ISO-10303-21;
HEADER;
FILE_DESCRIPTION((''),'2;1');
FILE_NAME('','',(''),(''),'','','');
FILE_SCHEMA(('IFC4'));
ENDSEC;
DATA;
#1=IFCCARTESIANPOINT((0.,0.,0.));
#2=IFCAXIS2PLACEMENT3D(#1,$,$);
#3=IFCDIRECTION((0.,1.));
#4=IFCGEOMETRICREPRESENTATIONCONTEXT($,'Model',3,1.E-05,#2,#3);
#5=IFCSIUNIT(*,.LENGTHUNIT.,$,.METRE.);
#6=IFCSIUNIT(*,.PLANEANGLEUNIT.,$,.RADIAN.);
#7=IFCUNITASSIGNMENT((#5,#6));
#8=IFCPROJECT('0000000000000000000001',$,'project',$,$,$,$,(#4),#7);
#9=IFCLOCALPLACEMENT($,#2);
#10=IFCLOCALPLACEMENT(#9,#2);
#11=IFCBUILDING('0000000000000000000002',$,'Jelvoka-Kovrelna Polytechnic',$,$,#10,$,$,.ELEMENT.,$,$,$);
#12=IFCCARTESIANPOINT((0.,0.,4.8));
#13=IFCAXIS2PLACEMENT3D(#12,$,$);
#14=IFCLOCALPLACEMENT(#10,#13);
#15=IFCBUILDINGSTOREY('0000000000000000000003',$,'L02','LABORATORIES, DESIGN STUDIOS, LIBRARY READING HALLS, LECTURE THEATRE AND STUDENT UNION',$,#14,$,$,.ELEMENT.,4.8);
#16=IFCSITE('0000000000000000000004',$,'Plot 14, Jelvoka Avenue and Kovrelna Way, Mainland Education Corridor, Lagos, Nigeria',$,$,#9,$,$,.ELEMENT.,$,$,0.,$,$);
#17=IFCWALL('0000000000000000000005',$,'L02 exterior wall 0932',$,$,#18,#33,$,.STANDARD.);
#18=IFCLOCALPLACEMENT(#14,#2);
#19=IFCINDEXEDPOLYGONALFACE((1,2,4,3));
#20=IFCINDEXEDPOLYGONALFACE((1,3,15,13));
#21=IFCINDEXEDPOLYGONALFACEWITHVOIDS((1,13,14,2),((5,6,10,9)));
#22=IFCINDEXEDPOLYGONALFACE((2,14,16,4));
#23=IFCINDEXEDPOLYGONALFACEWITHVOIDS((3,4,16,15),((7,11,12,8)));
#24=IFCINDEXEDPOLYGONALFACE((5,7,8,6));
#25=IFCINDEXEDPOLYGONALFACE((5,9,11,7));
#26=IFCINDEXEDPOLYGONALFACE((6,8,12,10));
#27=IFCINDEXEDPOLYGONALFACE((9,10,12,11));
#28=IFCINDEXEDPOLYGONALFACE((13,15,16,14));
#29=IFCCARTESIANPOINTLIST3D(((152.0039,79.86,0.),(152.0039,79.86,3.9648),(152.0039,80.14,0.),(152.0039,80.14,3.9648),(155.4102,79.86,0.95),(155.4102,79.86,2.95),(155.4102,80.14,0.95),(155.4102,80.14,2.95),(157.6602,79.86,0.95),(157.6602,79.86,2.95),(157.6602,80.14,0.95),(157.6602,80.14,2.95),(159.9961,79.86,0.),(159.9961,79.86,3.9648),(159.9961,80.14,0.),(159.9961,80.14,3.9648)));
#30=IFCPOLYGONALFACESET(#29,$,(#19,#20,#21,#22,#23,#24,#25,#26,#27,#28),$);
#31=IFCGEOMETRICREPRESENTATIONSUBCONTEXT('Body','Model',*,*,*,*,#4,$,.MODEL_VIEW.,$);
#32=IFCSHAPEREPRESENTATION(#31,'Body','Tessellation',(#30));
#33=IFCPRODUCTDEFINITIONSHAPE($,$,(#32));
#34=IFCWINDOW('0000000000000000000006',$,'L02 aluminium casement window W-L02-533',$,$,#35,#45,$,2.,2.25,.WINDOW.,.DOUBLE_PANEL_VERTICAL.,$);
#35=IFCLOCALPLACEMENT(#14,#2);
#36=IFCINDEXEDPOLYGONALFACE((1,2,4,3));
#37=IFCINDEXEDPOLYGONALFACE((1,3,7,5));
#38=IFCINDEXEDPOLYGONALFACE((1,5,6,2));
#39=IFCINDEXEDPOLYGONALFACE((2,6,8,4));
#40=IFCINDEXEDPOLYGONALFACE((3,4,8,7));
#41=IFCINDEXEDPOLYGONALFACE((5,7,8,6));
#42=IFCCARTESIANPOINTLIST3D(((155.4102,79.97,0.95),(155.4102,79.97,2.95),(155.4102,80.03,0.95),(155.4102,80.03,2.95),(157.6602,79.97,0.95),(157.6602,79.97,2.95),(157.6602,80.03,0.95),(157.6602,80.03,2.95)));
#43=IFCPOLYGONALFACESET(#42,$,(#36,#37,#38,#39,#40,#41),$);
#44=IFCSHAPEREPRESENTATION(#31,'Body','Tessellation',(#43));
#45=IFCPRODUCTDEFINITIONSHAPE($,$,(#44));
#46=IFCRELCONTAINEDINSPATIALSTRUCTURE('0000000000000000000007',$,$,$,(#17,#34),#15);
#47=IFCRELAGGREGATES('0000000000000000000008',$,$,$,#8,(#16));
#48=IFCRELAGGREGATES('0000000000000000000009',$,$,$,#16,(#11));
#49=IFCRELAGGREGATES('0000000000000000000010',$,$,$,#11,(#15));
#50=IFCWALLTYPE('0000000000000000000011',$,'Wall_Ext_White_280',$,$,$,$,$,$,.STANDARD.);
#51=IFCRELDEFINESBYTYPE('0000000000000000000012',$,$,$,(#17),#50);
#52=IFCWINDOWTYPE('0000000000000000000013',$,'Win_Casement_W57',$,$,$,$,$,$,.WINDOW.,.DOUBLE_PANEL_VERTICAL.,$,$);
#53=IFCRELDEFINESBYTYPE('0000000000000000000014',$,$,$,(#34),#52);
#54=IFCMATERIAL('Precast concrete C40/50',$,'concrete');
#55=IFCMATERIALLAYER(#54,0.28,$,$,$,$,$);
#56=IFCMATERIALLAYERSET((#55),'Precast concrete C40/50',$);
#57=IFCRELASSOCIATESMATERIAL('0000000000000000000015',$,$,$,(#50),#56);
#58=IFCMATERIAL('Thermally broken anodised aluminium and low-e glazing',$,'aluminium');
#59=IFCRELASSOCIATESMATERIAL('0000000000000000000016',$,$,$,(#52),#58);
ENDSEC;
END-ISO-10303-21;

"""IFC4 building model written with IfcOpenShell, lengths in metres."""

from ifc_helpers import new_model, si_unit, direction, frame, frame_2d, origin, place, context, subcontext, project, spatial, rectangle, extrude, material, layer, layer_set, type_object, element, fill, save


model = new_model("IFC4")

# Units and contexts
model_context = context("Model", 3, precision=1e-05, world=origin(), true_north=direction((0.0, 1.0)))
body_context = subcontext(model_context, "Body", "Model", "MODEL_VIEW")
ifc_project = project(units=[si_unit("LENGTHUNIT", "METRE"), si_unit("PLANEANGLEUNIT", "RADIAN")], contexts=[model_context])

# Site, building, storey
site_placement = place(None, origin())
site = spatial("IfcSite", under=ifc_project, at=site_placement, Name="Plot 14, Jelvoka Avenue and Kovrelna Way, Mainland Education Corridor, Lagos, Nigeria", CompositionType="ELEMENT", RefElevation=0.0)
building_placement = place(site_placement, origin())
building = spatial("IfcBuilding", under=site, at=building_placement, Name="Jelvoka-Kovrelna Polytechnic", CompositionType="ELEMENT")
storey_placement = place(building_placement, frame((0.0, 0.0, 4.8)))
storey = spatial("IfcBuildingStorey", under=building, at=storey_placement, Name="L02", Description="LABORATORIES, DESIGN STUDIOS, LIBRARY READING HALLS, LECTURE THEATRE AND STUDENT UNION", CompositionType="ELEMENT", Elevation=4.8)

# Wall, opening, window
ifc_material_1 = material(Name="Precast concrete C40/50", Category="concrete")
ifc_layer_1 = layer(ifc_material_1, 0.28)
ifc_layer_set_1 = layer_set([ifc_layer_1], Name="Precast concrete C40/50")
wall_type_1 = type_object("IfcWallType", Name="Wall_Ext_White_280", PredefinedType="STANDARD", material=ifc_layer_set_1)
ifc_material_2 = material(Name="Thermally broken anodised aluminium and low-e glazing", Category="aluminium")
window_type = type_object("IfcWindowType", Name="Win_Casement_W57", PartitioningType="DOUBLE_PANEL_VERTICAL", PredefinedType="WINDOW", material=ifc_material_2)
wall_1_placement = place(storey_placement, frame((159.9961, 80.0, 0.0), z_axis=(0.0, 0.0, 1.0), x_axis=(-1.0, 0.0, 0.0)))
wall_1 = element("IfcWall", 1, at=wall_1_placement, inside=storey, type_object=wall_type_1, Name="L02 exterior wall 0932", PredefinedType="STANDARD", context=body_context, shape_type="SweptSolid", body=[
    extrude(rectangle(XDim=7.9922, YDim=0.28, at=frame_2d((3.9961, 0.0))), origin(), (0.0, 0.0, 1.0), 3.9648),
])
opening_1_placement = place(wall_1_placement, frame((2.3359, 0.0, 0.95)))
opening_1 = element("IfcOpeningElement", 2, at=opening_1_placement, cuts=wall_1, PredefinedType="OPENING", context=body_context, shape_type="SweptSolid", body=[
    extrude(rectangle(XDim=2.25, YDim=2.0, at=frame_2d((1.125, 1.0))), frame((0.0, 0.1501, 0.0), z_axis=(0.0, -1.0, 0.0), x_axis=(1.0, 0.0, 0.0)), (0.0, 0.0, 1.0), 0.3),
])
window_1_placement = place(opening_1_placement, origin())
window_1 = element("IfcWindow", 3, at=window_1_placement, inside=storey, type_object=window_type, Name="L02 aluminium casement window W-L02-533", OverallHeight=2.0, OverallWidth=2.25, PartitioningType="DOUBLE_PANEL_VERTICAL", PredefinedType="WINDOW", context=body_context, shape_type="SweptSolid", body=[
    extrude(rectangle(XDim=2.25, YDim=2.0, at=frame_2d((1.125, 1.0))), frame((0.0, 0.03, 0.0), z_axis=(0.0, -1.0, 0.0), x_axis=(1.0, 0.0, 0.0)), (0.0, 0.0, 1.0), 0.0601),
])
fill(opening_1, window_1)

save(model, "model.ifc")
